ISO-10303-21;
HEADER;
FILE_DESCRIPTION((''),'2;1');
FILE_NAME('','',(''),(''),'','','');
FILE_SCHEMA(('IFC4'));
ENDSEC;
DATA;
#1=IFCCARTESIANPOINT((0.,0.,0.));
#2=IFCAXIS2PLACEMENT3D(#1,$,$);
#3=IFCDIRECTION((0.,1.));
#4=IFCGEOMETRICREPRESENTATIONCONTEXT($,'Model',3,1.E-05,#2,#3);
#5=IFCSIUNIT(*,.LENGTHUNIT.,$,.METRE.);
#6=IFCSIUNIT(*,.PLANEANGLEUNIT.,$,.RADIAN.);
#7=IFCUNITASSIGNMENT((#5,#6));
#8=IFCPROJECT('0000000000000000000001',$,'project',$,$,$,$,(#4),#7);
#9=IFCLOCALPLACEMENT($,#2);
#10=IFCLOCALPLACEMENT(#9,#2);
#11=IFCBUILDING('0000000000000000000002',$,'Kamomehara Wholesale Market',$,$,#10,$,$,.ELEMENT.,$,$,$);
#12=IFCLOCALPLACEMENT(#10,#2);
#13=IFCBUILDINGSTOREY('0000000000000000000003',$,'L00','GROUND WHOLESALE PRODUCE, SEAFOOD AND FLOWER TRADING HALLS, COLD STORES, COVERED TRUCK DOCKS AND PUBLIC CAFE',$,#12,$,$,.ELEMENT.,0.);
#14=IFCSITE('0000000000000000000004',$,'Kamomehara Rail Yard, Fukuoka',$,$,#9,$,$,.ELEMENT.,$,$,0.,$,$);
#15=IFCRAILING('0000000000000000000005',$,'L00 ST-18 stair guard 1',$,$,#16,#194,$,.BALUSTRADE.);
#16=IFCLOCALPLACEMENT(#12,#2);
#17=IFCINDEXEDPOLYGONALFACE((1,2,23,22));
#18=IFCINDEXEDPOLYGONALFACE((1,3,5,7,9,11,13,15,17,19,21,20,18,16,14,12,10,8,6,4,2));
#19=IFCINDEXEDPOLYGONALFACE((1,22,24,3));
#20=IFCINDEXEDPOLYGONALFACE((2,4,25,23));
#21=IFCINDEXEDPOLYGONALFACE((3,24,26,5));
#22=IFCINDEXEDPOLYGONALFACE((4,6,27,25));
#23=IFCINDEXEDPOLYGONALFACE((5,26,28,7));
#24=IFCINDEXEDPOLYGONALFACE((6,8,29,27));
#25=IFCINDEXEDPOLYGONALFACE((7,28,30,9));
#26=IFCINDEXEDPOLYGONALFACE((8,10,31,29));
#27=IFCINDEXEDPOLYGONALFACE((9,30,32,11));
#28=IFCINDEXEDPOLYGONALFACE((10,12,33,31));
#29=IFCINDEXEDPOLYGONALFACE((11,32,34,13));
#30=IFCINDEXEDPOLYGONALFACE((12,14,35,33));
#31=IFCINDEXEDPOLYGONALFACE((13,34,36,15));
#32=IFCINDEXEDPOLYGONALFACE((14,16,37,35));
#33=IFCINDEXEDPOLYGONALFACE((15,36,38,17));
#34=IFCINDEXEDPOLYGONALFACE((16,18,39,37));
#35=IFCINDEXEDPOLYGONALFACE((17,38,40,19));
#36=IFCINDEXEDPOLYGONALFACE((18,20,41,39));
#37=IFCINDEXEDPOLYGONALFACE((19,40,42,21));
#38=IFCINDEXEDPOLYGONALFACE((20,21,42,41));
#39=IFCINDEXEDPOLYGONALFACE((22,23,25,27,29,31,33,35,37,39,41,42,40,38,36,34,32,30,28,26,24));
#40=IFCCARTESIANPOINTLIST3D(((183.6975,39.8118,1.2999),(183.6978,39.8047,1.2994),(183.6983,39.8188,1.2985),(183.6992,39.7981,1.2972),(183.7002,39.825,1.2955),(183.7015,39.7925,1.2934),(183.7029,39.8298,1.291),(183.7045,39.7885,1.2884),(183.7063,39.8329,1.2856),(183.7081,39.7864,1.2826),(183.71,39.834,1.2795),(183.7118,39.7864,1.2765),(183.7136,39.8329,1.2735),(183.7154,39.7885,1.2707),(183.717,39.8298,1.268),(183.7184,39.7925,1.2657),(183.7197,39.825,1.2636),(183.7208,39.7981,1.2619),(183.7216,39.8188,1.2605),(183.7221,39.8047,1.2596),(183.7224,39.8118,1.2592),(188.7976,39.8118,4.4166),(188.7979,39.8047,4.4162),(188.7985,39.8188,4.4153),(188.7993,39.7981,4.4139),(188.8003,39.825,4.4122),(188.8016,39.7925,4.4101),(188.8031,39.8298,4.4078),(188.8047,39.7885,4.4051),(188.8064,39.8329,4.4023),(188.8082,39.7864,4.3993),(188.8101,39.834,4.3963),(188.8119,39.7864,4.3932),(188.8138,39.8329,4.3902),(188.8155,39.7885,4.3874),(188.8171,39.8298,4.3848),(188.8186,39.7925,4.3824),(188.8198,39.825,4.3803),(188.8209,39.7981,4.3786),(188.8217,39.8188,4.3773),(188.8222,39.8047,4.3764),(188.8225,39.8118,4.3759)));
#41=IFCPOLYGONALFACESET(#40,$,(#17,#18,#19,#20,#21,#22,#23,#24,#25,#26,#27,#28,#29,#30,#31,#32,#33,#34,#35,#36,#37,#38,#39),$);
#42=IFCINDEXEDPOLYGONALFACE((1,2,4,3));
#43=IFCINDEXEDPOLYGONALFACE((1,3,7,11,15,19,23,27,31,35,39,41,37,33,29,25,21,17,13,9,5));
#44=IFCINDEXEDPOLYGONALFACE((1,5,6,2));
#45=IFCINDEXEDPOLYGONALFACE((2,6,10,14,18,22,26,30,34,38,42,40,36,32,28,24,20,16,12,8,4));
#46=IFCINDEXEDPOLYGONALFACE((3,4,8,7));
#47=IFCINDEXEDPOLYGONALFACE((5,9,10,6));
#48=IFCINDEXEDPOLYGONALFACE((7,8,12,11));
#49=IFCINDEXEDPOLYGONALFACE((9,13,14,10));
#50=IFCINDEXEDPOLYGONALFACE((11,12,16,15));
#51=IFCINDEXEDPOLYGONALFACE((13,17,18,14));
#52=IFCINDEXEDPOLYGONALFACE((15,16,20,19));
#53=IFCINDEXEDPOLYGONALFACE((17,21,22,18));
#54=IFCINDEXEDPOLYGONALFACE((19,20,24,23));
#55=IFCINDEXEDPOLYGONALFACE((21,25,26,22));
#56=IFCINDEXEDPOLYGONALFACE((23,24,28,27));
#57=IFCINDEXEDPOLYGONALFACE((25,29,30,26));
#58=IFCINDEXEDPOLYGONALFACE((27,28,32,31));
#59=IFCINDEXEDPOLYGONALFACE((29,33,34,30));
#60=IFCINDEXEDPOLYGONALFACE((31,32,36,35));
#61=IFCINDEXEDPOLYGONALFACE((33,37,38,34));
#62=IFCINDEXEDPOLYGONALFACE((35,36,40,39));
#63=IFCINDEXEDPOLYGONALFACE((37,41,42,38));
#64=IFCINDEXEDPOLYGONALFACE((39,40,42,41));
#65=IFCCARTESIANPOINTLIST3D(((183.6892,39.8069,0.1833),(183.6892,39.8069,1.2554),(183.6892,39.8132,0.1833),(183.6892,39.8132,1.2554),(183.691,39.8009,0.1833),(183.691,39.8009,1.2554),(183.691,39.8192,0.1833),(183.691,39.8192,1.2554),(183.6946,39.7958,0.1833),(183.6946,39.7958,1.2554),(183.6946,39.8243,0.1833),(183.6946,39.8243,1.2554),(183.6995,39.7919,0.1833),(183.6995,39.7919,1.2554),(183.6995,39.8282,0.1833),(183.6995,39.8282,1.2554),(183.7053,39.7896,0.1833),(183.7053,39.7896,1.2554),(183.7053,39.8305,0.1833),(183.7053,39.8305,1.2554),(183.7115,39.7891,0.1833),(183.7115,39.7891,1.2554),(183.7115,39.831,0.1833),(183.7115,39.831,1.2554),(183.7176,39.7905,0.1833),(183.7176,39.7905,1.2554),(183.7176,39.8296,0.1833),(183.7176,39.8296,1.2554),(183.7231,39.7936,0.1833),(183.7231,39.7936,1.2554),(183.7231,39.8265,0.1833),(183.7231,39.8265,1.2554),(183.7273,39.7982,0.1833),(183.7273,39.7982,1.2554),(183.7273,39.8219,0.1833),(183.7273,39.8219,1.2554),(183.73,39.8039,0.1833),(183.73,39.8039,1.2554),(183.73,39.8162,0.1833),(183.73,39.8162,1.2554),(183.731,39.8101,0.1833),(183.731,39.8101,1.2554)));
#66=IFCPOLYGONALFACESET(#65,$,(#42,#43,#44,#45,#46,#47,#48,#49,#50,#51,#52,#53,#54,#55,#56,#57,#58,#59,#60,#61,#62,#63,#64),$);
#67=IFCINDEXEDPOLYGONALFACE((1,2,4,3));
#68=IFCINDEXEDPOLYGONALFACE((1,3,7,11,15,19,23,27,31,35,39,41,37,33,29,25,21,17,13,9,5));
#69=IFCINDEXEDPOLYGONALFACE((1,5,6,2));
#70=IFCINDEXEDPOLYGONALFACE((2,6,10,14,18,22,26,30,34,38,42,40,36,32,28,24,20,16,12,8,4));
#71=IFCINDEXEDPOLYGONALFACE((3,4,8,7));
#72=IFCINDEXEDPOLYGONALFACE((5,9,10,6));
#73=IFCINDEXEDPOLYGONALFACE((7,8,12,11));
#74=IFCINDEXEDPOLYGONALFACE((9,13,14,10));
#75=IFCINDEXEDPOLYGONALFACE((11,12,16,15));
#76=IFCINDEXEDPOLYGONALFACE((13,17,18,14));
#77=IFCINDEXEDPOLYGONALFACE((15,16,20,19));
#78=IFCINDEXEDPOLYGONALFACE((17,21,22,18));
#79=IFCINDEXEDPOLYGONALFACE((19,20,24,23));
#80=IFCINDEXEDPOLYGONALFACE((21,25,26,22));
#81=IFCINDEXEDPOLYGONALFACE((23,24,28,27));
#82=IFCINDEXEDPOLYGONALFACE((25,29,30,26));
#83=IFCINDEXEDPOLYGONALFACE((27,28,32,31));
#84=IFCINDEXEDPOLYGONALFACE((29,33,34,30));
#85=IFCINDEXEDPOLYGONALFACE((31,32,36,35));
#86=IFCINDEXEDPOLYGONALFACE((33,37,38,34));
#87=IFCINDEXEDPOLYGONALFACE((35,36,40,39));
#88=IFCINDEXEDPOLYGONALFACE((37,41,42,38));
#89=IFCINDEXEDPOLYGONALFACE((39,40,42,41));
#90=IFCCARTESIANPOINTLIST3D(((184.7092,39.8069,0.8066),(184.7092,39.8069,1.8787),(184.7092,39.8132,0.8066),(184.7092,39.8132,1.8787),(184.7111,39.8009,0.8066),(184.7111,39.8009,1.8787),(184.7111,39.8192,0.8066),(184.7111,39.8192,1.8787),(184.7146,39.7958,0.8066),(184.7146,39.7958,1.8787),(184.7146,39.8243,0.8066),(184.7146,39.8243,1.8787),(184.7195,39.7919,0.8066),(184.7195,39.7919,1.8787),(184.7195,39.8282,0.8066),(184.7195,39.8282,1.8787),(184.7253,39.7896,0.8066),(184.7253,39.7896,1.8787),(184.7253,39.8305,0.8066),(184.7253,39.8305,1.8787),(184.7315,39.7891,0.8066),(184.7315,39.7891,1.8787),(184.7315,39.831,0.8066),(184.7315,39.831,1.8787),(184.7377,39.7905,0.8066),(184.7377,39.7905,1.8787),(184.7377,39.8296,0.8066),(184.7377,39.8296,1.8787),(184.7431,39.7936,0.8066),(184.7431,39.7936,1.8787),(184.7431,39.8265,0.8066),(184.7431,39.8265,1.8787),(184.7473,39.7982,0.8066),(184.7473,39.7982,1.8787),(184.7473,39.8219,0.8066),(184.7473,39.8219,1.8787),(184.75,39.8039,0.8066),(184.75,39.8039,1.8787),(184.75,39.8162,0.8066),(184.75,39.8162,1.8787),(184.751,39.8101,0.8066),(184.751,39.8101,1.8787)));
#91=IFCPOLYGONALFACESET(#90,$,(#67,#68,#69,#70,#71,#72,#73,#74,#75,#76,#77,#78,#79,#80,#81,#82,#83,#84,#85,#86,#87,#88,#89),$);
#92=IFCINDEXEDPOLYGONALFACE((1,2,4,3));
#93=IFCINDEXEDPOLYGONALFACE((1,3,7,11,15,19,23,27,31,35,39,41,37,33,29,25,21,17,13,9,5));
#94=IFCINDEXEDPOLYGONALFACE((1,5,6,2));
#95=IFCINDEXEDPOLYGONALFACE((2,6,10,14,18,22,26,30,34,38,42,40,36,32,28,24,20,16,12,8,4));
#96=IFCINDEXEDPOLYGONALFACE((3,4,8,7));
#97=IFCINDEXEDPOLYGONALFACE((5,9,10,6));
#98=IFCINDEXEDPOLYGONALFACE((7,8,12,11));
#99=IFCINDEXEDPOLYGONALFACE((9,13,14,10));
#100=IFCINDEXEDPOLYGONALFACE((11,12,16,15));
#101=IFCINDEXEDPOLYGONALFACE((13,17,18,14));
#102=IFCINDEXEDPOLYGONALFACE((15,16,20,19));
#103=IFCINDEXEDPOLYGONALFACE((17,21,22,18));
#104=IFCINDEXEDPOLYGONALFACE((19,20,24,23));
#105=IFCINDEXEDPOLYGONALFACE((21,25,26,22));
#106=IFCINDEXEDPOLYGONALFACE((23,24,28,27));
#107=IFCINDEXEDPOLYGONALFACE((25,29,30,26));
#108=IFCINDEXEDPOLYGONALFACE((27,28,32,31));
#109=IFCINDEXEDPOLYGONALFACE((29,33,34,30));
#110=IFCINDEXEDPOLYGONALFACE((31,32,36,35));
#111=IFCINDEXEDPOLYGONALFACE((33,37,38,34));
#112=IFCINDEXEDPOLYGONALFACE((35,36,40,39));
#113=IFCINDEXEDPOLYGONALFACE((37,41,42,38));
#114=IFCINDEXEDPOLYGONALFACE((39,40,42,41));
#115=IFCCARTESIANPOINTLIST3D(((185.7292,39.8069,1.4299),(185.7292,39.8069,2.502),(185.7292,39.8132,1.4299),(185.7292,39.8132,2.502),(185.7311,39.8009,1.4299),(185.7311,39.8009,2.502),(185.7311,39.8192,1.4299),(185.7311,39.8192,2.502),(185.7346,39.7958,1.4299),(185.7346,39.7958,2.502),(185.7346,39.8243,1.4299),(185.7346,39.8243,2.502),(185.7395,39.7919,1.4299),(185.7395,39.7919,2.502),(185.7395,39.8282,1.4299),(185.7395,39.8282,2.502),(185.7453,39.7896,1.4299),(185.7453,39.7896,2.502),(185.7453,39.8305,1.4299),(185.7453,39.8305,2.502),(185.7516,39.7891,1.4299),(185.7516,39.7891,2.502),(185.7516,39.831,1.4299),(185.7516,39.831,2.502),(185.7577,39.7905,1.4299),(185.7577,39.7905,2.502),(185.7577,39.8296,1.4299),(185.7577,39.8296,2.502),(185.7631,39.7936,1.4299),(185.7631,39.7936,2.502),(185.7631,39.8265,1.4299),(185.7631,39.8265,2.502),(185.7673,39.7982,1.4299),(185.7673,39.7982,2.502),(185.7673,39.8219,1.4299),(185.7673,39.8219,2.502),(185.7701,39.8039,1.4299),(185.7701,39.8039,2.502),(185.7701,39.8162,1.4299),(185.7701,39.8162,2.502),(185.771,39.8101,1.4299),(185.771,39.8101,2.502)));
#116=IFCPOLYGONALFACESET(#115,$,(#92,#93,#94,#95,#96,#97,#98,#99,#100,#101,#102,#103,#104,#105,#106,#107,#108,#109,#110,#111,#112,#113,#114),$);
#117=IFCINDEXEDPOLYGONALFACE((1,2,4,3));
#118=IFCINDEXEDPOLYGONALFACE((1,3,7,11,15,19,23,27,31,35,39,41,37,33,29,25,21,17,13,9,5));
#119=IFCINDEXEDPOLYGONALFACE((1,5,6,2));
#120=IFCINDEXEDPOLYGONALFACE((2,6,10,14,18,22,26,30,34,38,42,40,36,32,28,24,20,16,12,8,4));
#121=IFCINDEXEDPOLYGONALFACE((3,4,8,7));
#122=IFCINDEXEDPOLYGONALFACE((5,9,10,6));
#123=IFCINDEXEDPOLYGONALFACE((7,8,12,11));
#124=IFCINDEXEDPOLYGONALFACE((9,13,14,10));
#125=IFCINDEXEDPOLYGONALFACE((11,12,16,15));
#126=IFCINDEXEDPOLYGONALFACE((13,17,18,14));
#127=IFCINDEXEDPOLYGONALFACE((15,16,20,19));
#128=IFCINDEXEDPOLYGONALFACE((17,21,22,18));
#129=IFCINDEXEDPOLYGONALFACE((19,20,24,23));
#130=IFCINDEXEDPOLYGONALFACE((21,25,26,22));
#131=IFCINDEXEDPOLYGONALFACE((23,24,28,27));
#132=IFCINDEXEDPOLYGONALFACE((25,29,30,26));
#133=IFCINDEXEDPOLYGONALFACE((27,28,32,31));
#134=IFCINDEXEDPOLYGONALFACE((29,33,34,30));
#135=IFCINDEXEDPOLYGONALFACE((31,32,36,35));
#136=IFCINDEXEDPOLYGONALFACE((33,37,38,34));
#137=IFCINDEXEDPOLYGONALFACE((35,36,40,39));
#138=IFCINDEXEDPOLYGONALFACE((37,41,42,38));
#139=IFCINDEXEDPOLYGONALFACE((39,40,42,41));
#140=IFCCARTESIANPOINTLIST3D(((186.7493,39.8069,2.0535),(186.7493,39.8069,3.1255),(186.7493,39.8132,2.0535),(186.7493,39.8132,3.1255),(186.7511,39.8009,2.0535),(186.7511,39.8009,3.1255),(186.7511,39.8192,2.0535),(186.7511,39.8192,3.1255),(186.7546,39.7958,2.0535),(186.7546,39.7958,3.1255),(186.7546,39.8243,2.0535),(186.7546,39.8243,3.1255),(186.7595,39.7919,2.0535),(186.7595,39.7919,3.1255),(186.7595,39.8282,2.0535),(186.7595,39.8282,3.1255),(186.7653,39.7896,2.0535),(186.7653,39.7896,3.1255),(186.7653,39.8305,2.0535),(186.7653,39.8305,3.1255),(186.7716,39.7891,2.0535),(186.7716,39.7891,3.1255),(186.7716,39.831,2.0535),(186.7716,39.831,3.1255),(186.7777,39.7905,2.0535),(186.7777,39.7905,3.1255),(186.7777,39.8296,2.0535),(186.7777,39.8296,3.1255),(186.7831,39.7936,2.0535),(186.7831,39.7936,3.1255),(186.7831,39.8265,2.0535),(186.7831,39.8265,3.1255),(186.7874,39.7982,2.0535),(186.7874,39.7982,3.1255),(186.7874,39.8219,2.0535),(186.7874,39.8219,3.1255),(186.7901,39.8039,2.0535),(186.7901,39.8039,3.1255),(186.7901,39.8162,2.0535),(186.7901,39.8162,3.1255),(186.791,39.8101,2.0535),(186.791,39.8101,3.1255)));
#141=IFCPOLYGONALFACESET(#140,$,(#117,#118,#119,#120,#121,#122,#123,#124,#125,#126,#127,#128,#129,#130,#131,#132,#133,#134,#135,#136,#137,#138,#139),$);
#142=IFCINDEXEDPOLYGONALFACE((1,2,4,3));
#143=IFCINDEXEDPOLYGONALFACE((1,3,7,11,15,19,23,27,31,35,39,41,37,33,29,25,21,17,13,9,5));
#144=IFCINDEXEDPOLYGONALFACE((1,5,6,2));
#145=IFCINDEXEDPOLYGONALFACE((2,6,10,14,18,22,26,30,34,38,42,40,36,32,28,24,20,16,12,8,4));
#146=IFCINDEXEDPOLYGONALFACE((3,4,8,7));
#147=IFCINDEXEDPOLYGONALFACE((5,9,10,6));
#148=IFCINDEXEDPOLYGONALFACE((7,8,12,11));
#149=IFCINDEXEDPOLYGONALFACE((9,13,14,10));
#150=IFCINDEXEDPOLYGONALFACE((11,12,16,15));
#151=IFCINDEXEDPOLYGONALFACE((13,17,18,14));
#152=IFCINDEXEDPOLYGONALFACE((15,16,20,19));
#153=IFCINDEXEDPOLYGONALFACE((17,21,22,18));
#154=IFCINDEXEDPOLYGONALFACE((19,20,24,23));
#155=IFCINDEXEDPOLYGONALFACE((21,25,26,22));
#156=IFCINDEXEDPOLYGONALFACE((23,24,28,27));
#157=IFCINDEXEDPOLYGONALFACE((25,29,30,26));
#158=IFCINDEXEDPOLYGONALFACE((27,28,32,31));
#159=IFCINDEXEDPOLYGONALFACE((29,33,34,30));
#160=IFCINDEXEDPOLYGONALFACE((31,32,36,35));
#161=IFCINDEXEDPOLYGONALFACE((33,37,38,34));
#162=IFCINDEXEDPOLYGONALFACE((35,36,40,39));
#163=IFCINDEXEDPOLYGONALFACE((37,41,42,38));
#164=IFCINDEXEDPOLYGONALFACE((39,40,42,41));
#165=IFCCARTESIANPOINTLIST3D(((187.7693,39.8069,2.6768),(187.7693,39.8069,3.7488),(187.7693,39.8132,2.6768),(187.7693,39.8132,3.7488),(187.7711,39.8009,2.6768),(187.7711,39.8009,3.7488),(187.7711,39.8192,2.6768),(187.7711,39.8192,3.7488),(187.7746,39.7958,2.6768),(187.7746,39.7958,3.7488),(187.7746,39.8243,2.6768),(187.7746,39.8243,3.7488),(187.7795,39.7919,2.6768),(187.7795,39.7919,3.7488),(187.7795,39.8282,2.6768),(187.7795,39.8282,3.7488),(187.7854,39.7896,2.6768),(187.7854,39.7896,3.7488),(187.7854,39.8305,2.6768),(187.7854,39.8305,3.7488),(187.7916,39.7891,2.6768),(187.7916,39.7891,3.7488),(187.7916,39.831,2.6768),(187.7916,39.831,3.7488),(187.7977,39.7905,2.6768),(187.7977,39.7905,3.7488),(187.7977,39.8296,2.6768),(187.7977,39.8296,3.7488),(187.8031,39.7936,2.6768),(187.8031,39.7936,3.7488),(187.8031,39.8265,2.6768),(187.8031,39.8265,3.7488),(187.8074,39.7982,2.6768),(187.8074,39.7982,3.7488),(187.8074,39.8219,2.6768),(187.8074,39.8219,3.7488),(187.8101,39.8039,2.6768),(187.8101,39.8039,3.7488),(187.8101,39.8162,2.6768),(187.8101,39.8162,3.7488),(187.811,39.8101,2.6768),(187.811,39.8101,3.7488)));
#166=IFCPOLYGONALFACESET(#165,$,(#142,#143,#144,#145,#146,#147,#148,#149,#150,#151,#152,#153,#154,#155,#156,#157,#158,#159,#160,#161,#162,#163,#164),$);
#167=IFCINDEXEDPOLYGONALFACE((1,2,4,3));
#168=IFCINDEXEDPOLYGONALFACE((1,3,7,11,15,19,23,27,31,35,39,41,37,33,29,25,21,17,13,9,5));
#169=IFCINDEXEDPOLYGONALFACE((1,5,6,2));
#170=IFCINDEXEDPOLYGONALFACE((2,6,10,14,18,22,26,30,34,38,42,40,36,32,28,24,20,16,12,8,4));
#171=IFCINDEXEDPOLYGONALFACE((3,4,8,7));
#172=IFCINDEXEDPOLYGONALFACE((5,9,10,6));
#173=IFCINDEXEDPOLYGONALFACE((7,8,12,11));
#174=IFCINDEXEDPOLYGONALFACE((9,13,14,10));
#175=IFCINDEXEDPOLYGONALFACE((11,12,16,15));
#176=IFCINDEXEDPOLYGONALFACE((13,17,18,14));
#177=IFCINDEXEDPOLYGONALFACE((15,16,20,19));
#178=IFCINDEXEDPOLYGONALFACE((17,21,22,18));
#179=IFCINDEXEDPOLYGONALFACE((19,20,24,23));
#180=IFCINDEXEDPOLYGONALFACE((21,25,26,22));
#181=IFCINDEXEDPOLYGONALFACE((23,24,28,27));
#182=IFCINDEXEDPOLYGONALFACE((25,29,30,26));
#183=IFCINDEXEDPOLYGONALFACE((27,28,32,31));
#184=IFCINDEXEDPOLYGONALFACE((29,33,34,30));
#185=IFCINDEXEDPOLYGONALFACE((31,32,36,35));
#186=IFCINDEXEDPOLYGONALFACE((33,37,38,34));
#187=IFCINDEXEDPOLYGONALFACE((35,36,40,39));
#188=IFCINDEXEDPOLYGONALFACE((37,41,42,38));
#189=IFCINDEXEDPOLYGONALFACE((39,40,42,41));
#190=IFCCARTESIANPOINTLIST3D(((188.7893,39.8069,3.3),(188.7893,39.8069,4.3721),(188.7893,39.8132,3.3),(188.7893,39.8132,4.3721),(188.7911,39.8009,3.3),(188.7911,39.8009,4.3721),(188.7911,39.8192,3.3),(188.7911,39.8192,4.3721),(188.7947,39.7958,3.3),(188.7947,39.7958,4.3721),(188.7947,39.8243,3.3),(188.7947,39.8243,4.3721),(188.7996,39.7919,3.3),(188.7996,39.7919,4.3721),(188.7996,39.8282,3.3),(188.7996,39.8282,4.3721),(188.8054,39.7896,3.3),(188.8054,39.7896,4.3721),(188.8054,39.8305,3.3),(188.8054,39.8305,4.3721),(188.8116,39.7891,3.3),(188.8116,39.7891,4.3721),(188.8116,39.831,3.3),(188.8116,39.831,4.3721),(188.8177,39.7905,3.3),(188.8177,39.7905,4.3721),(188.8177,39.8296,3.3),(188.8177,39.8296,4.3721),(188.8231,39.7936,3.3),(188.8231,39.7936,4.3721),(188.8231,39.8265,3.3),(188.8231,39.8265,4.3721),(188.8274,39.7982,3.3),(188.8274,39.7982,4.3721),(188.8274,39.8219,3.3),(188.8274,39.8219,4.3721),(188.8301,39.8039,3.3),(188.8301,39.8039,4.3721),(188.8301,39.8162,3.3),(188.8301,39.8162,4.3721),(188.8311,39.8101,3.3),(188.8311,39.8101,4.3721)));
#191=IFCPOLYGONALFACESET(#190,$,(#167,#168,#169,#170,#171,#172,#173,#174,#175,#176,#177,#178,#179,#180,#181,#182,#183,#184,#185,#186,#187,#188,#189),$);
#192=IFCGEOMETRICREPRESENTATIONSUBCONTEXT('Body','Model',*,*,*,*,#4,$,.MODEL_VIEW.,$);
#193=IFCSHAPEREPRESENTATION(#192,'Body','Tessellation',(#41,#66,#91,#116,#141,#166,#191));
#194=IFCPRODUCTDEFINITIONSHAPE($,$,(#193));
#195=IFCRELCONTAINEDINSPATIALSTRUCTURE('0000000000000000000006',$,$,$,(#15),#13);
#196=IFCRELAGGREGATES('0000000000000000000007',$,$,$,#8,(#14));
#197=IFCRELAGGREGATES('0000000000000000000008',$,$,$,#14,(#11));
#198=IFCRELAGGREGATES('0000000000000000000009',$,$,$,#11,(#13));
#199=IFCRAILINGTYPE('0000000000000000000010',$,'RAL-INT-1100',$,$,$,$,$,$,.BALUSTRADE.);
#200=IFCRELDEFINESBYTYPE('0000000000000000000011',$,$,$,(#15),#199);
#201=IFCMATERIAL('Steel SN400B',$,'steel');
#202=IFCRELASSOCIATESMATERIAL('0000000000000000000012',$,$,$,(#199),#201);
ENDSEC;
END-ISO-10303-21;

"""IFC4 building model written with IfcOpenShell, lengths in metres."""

from ifc_helpers import new_model, si_unit, direction, frame, origin, origin_2d, place, context, subcontext, project, spatial, circle, extrude, material, type_object, element, save


model = new_model("IFC4")

# Units and contexts
model_context = context("Model", 3, precision=1e-05, world=origin(), true_north=direction((0.0, 1.0)))
body_context = subcontext(model_context, "Body", "Model", "MODEL_VIEW")
ifc_project = project(units=[si_unit("LENGTHUNIT", "METRE"), si_unit("PLANEANGLEUNIT", "RADIAN")], contexts=[model_context])

# Site, building, storey
site_placement = place(None, origin())
site = spatial("IfcSite", under=ifc_project, at=site_placement, Name="Kamomehara Rail Yard, Fukuoka", CompositionType="ELEMENT", RefElevation=0.0)
building_placement = place(site_placement, origin())
building = spatial("IfcBuilding", under=site, at=building_placement, Name="Kamomehara Wholesale Market", CompositionType="ELEMENT")
storey_placement = place(building_placement, origin())
storey = spatial("IfcBuildingStorey", under=building, at=storey_placement, Name="L00", Description="GROUND WHOLESALE PRODUCE, SEAFOOD AND FLOWER TRADING HALLS, COLD STORES, COVERED TRUCK DOCKS AND PUBLIC CAFE", CompositionType="ELEMENT", Elevation=0.0)

# Railing
ifc_material_1 = material(Name="Steel SN400B", Category="steel")
railing_type_1 = type_object("IfcRailingType", Name="RAL-INT-1100", PredefinedType="BALUSTRADE", material=ifc_material_1)
railing_1_placement = place(storey_placement, frame((183.71, 39.8101, 0.1833)))
element("IfcRailing", 1, at=railing_1_placement, inside=storey, type_object=railing_type_1, Name="L00 ST-18 stair guard 1", PredefinedType="BALUSTRADE", context=body_context, shape_type="SweptSolid", body=[
    extrude(circle(Radius=0.0239, at=origin_2d()), frame((0.0, 0.0, 1.0962), z_axis=(0.853284, 0.0, 0.521447), x_axis=(0.0, 1.0, 0.0)), (0.0, 0.0, 1.0), 5.9771),
    extrude(circle(Radius=0.021, at=origin_2d()), origin(), (0.0, 0.0, 1.0), 1.072),
    extrude(circle(Radius=0.021, at=origin_2d()), frame((1.02, 0.0, 0.6233)), (0.0, 0.0, 1.0), 1.072),
    extrude(circle(Radius=0.021, at=origin_2d()), frame((2.04, 0.0, 1.2466)), (0.0, 0.0, 1.0), 1.072),
    extrude(circle(Radius=0.021, at=origin_2d()), frame((3.0601, 0.0, 1.8701)), (0.0, 0.0, 1.0), 1.072),
    extrude(circle(Radius=0.021, at=origin_2d()), frame((4.0801, 0.0, 2.4934)), (0.0, 0.0, 1.0), 1.072),
    extrude(circle(Radius=0.021, at=origin_2d()), frame((5.1001, 0.0, 3.1167)), (0.0, 0.0, 1.0), 1.072),
])

save(model, "model.ifc")
